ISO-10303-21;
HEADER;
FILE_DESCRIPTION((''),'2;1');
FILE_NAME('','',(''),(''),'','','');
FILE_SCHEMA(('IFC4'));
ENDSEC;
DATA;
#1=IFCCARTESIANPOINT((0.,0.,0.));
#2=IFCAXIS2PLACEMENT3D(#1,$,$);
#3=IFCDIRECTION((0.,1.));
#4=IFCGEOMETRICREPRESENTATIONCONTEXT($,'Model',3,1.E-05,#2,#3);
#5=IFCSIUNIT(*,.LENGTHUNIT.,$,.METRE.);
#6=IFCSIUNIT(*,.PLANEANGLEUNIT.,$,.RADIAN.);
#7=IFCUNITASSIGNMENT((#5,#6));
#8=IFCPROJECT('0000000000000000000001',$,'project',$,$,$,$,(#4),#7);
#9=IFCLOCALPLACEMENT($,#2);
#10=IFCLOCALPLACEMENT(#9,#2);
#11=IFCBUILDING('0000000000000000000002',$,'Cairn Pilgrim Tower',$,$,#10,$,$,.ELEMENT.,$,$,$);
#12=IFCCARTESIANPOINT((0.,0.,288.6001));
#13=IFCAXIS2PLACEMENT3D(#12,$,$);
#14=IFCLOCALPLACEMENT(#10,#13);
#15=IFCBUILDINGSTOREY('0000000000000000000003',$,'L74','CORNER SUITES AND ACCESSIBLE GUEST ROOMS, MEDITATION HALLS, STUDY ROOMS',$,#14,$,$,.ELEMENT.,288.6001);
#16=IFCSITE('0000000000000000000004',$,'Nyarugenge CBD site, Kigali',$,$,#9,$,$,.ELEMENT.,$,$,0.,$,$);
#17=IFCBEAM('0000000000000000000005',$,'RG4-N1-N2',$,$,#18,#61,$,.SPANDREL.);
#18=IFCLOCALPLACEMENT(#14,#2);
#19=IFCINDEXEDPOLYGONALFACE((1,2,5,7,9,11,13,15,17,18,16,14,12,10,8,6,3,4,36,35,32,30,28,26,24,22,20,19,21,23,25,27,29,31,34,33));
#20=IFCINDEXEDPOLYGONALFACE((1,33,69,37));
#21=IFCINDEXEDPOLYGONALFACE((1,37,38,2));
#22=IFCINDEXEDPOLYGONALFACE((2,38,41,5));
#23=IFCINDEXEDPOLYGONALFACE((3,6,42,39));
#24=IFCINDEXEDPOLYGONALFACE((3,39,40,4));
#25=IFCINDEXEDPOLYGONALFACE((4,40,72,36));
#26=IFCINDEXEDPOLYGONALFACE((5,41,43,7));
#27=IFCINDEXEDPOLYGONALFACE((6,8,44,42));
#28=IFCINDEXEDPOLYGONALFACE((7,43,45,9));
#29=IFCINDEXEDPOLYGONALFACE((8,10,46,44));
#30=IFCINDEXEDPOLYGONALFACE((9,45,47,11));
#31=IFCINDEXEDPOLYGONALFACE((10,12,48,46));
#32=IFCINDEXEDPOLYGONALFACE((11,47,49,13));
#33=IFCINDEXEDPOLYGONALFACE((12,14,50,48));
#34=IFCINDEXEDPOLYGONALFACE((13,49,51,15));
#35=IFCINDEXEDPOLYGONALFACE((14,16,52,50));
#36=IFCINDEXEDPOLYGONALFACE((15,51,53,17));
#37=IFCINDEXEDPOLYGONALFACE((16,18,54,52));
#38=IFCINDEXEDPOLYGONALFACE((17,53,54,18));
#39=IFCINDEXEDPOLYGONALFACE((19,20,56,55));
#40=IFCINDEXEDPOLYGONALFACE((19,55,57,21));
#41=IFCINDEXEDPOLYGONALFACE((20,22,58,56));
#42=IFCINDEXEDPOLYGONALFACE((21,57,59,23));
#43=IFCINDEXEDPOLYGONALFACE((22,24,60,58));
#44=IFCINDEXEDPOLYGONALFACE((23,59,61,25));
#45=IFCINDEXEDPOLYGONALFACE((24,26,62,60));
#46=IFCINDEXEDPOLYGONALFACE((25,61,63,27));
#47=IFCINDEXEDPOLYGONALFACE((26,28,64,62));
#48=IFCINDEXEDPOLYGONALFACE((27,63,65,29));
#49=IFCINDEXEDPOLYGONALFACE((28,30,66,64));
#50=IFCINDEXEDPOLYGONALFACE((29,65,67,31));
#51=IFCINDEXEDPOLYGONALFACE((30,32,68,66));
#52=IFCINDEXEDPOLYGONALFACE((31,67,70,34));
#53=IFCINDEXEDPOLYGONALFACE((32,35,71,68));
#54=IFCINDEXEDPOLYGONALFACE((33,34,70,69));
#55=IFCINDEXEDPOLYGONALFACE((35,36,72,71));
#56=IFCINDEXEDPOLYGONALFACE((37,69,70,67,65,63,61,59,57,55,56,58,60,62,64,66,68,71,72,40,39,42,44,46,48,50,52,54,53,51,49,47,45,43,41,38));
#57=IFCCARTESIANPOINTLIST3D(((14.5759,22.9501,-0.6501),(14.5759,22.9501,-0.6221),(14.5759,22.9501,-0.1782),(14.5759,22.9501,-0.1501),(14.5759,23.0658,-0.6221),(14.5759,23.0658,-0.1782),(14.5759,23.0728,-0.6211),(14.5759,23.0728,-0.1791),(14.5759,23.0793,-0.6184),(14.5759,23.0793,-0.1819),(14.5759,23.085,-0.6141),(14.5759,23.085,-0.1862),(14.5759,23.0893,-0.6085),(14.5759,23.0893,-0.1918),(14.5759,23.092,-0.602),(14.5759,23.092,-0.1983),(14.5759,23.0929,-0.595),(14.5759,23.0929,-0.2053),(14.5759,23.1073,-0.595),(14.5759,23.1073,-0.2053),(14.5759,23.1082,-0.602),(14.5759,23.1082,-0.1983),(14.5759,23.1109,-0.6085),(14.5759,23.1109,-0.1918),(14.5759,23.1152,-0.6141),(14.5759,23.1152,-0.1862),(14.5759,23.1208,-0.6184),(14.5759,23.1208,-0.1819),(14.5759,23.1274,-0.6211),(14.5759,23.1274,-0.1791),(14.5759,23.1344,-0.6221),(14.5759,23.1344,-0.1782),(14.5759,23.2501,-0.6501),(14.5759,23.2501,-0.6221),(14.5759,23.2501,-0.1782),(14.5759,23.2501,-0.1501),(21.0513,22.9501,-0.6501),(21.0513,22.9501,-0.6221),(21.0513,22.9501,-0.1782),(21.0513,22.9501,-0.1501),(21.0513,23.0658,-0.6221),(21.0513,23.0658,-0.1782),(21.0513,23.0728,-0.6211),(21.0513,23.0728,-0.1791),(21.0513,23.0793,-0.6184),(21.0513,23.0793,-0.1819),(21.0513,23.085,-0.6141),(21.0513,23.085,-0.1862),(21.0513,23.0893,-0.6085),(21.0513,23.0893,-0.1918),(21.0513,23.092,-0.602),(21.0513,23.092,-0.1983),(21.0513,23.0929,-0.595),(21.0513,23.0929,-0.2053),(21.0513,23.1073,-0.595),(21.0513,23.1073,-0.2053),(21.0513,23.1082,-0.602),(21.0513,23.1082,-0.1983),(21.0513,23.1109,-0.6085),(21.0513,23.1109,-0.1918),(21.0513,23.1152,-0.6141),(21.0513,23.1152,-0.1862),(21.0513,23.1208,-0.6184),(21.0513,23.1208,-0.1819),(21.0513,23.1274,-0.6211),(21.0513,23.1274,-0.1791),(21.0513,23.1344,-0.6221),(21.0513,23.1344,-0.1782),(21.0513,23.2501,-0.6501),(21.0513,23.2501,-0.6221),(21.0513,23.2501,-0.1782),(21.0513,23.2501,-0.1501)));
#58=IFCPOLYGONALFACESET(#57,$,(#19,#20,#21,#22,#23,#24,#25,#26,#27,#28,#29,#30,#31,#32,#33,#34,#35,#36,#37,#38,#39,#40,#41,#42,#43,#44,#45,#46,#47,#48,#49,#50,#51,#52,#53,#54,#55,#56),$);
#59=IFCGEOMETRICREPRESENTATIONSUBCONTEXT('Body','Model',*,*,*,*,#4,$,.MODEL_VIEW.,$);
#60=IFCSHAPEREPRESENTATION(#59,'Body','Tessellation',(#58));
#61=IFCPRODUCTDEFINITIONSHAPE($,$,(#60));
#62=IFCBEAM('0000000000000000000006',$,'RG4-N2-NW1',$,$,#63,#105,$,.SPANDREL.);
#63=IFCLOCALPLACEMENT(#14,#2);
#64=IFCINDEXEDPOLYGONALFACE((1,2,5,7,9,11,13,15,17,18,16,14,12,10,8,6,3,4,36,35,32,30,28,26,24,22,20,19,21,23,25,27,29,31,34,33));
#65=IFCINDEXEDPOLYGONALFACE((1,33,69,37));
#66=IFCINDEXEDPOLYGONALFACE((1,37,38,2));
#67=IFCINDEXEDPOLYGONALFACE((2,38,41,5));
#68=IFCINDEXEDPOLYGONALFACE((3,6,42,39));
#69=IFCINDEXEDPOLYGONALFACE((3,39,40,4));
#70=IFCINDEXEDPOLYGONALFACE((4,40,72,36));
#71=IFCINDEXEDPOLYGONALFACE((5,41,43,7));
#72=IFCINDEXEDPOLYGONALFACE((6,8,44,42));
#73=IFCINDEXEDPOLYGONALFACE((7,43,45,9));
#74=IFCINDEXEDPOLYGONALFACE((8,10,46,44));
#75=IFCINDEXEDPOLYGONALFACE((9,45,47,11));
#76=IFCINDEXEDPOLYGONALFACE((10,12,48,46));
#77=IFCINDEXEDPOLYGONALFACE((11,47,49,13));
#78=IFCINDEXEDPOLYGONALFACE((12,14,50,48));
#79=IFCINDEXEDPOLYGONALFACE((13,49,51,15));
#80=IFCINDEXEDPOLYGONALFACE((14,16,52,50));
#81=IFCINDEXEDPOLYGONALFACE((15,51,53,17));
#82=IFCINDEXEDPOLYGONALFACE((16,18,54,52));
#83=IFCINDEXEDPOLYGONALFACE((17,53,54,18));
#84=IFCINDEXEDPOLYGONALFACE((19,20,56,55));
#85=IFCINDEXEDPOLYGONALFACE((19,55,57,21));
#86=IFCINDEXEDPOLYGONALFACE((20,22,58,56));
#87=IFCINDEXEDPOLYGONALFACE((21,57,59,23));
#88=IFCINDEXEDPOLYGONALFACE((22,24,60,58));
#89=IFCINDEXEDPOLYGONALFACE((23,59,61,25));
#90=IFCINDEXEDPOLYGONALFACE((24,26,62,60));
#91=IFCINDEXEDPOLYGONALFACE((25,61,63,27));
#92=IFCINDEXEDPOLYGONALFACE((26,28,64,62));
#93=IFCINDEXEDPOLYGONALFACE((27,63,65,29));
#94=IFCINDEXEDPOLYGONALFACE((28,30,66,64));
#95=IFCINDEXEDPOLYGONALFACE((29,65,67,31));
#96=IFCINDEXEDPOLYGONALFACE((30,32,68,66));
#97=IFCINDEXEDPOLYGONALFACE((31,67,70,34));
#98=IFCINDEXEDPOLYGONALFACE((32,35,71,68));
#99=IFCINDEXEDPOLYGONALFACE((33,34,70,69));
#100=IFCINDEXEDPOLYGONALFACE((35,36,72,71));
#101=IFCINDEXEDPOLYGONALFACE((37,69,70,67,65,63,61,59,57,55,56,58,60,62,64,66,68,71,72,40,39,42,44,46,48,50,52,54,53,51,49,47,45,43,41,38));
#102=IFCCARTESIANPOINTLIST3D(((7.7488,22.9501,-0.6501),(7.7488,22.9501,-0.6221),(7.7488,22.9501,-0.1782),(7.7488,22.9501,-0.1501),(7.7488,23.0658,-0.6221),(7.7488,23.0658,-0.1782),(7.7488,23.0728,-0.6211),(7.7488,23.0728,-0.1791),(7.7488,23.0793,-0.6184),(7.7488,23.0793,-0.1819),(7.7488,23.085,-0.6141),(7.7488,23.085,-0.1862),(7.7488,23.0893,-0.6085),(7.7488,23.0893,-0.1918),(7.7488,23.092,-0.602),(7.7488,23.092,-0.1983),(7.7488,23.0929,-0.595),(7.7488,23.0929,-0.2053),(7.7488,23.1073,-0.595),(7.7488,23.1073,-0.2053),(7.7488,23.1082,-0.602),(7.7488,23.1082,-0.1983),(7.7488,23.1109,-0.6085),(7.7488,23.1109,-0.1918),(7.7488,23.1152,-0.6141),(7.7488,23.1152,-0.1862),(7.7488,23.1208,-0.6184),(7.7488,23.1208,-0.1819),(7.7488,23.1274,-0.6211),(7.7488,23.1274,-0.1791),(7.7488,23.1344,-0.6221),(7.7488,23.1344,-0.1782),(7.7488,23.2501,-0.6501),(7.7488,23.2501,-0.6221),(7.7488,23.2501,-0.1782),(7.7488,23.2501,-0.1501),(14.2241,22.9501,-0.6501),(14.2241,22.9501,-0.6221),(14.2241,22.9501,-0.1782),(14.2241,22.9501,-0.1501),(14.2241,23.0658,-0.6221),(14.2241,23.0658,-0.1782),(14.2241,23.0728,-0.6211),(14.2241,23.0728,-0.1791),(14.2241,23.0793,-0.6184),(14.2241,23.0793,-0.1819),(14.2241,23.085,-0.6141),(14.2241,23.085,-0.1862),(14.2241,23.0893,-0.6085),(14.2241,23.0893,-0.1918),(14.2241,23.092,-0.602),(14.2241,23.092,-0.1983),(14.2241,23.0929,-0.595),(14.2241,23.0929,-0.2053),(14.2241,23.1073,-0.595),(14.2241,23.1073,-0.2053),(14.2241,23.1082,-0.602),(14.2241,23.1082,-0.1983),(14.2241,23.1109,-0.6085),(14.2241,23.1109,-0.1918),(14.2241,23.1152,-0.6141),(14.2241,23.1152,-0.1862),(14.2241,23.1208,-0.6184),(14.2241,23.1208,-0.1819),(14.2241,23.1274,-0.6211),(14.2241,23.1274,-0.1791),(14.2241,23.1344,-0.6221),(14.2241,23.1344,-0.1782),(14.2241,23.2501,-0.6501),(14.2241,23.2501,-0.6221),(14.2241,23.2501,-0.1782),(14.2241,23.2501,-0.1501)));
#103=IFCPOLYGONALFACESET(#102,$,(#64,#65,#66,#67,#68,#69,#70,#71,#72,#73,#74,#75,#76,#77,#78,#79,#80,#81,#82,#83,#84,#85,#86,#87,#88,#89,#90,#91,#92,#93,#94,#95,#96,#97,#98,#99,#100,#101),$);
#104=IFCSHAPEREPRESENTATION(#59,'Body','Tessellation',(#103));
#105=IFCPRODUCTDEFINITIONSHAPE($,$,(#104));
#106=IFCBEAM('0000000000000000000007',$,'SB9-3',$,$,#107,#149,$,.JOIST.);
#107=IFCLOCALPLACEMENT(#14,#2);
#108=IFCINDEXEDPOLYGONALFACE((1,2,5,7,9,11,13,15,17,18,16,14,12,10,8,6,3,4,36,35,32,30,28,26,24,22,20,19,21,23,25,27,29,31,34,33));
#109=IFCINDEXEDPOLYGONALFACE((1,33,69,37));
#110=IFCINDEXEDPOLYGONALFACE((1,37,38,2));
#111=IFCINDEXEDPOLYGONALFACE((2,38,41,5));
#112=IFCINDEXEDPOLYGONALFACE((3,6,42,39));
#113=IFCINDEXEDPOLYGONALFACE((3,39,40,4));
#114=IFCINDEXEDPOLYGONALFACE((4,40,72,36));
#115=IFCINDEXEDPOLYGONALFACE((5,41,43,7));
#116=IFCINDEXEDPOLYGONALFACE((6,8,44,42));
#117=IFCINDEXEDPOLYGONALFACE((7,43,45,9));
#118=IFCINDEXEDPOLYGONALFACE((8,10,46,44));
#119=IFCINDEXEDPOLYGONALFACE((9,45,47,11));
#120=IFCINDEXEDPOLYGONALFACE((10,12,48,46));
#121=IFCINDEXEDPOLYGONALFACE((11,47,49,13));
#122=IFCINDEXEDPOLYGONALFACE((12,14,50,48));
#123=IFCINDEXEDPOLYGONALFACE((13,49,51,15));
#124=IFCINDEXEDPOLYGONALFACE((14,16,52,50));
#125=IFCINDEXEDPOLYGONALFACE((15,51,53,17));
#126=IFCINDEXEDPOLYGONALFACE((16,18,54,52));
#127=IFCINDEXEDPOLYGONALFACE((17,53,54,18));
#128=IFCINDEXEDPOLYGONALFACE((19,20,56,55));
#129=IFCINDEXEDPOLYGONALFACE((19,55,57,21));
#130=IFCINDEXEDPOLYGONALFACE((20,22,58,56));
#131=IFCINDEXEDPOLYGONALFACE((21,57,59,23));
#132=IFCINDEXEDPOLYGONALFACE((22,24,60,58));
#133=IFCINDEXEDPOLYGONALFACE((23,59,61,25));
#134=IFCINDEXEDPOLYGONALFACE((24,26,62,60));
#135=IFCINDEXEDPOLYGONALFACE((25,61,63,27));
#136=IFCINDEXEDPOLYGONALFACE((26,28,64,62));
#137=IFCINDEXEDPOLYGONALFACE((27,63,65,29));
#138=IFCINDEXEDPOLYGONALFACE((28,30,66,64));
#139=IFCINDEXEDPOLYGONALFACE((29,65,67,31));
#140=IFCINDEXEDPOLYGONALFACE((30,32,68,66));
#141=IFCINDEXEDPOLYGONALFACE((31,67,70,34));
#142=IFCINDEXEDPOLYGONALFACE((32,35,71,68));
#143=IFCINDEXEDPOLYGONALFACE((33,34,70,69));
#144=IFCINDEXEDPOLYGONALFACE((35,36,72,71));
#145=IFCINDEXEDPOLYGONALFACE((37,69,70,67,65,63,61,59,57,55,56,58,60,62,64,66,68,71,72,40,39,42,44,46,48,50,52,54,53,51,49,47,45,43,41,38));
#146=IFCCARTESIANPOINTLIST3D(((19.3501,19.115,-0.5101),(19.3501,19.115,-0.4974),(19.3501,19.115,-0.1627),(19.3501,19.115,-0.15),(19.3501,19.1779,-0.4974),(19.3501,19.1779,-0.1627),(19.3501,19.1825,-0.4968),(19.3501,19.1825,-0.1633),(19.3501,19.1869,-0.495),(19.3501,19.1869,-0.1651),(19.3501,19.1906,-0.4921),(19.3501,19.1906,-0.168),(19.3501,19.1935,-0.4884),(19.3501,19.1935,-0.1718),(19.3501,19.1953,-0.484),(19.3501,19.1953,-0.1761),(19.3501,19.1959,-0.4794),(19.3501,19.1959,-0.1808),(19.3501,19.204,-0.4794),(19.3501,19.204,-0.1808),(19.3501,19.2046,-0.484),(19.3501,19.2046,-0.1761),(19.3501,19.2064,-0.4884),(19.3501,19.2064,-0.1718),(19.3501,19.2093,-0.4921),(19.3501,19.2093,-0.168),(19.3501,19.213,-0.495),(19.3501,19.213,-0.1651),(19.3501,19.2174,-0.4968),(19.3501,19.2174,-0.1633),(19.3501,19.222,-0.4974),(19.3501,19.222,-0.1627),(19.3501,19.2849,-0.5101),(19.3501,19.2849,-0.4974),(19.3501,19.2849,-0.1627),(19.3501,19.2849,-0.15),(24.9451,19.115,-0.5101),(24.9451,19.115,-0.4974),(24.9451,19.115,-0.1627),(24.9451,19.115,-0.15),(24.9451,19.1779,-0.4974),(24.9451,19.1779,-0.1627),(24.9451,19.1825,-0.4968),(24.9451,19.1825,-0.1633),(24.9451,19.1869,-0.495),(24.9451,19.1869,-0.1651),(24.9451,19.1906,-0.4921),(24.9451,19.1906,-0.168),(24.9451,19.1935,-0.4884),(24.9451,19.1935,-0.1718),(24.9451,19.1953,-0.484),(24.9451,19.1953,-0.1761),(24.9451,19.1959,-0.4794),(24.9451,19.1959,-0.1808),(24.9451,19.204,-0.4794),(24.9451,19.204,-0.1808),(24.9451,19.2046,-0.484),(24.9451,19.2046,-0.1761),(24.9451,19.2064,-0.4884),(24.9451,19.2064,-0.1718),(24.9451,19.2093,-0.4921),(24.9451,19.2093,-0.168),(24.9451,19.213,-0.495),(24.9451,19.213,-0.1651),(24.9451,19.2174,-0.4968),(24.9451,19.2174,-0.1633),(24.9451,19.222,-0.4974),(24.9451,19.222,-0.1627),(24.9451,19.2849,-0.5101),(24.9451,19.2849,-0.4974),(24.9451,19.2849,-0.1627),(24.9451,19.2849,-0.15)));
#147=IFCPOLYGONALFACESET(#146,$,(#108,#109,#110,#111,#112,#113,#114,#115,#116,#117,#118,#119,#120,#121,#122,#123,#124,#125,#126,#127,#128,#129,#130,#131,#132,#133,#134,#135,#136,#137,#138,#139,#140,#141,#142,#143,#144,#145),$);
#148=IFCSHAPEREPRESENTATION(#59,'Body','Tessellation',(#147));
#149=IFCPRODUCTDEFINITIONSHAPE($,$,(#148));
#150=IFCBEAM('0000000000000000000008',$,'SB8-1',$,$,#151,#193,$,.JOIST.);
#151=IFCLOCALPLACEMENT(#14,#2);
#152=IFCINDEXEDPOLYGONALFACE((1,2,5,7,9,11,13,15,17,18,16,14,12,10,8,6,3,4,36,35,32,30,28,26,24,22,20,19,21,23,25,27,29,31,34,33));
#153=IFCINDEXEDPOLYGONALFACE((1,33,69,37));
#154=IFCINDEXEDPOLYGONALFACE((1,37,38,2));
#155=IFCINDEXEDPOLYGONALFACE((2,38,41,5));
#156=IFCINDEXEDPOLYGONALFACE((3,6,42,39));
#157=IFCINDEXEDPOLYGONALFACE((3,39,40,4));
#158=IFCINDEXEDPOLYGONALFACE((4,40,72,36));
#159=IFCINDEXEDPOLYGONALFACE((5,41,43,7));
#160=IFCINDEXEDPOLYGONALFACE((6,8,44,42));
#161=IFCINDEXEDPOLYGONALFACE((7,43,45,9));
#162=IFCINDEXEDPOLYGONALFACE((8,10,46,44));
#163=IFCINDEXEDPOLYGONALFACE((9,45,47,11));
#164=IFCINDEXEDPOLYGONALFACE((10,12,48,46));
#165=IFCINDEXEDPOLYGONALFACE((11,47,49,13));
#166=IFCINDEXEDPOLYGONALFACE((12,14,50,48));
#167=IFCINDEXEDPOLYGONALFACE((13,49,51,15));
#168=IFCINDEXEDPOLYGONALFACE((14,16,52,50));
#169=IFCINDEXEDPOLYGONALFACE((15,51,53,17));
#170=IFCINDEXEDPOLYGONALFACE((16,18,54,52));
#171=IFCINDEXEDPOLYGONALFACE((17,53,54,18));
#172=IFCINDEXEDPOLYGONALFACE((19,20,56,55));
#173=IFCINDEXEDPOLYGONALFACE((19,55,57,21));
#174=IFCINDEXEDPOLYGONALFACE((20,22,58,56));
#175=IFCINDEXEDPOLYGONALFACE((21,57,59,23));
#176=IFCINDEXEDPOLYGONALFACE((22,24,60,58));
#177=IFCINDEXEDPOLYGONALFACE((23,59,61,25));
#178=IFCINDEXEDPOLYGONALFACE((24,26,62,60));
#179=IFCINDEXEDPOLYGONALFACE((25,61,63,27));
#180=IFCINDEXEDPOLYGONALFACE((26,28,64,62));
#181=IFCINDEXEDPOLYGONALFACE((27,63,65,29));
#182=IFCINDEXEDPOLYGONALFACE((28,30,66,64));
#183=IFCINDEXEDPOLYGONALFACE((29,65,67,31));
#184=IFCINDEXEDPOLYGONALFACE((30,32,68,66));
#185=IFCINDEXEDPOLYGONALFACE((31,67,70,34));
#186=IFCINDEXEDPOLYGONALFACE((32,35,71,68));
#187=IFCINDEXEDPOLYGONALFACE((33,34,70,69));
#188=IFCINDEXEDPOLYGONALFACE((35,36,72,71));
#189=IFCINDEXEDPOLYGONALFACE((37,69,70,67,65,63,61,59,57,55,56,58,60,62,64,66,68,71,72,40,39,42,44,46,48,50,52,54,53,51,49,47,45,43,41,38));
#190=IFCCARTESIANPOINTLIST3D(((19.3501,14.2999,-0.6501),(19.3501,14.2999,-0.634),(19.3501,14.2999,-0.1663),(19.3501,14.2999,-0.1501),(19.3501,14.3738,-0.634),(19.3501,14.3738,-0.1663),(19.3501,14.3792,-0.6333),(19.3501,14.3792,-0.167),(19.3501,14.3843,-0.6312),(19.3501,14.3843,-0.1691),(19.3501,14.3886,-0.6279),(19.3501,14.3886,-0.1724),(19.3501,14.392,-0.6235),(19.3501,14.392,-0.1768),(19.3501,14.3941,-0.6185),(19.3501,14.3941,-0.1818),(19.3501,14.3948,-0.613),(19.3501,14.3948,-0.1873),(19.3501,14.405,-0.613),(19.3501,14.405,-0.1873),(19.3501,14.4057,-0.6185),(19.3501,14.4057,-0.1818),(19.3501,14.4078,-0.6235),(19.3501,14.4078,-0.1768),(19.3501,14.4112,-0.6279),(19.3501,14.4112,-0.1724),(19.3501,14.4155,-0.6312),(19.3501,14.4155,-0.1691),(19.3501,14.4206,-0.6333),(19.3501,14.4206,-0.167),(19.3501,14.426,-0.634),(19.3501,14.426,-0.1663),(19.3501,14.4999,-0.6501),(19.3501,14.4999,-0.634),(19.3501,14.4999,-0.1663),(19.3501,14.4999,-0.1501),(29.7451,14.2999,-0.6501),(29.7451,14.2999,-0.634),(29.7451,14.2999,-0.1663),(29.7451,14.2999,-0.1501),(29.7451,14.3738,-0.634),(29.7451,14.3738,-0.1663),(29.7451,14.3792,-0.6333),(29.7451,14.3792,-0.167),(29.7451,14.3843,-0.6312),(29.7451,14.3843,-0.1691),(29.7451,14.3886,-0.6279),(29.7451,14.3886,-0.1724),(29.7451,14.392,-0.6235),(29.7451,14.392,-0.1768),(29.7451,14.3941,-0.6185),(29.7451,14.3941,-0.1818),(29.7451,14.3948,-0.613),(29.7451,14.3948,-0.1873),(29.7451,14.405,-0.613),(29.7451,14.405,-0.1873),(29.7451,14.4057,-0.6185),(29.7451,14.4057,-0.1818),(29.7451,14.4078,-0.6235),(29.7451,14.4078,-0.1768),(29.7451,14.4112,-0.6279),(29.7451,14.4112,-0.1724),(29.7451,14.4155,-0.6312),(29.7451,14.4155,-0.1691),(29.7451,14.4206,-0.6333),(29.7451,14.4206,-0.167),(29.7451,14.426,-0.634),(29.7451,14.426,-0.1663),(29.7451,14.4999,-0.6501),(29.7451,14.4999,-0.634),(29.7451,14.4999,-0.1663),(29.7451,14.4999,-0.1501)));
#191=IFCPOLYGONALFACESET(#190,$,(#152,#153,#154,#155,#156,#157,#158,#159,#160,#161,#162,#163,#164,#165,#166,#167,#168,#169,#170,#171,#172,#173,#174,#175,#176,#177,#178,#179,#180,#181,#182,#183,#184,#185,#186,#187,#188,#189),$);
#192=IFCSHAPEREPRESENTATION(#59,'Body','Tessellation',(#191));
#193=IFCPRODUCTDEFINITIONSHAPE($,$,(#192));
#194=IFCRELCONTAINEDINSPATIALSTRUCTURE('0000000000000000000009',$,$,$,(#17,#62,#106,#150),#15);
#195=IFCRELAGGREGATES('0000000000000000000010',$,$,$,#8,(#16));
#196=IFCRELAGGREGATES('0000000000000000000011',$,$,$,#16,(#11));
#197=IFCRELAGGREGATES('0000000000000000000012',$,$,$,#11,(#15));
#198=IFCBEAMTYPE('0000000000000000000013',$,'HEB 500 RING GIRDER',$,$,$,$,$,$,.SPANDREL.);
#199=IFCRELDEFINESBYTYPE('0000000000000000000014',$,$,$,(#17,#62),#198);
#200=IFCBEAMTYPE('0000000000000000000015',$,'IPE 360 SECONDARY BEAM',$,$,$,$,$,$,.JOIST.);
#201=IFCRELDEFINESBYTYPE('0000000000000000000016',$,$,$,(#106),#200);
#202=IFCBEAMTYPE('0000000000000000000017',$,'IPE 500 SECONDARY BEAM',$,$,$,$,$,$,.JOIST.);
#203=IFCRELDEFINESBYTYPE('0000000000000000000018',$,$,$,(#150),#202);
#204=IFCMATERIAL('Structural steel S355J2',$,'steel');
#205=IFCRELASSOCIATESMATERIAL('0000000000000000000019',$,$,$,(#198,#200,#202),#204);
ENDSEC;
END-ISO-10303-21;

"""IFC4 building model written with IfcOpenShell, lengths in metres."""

from ifc_helpers import new_model, si_unit, direction, frame, origin, origin_2d, place, context, subcontext, project, spatial, i_section, extrude, material, material_profile, profile_set, type_object, element, save


model = new_model("IFC4")

# Units and contexts
model_context = context("Model", 3, precision=1e-05, world=origin(), true_north=direction((0.0, 1.0)))
body_context = subcontext(model_context, "Body", "Model", "MODEL_VIEW")
ifc_project = project(units=[si_unit("LENGTHUNIT", "METRE"), si_unit("PLANEANGLEUNIT", "RADIAN")], contexts=[model_context])

# Site, building, storey
site_placement = place(None, origin())
site = spatial("IfcSite", under=ifc_project, at=site_placement, Name="Nyarugenge CBD site, Kigali", CompositionType="ELEMENT", RefElevation=0.0)
building_placement = place(site_placement, origin())
building = spatial("IfcBuilding", under=site, at=building_placement, Name="Cairn Pilgrim Tower", CompositionType="ELEMENT")
storey_placement = place(building_placement, frame((0.0, 0.0, 288.6001)))
storey = spatial("IfcBuildingStorey", under=building, at=storey_placement, Name="L74", Description="CORNER SUITES AND ACCESSIBLE GUEST ROOMS, MEDITATION HALLS, STUDY ROOMS", CompositionType="ELEMENT", Elevation=288.6001)

# Shared definitions
ifc_material_1 = material(Name="Structural steel S355J2", Category="steel")

# Beams
ifc_material_profile_1 = material_profile(ifc_material_1, i_section(OverallWidth=0.3, OverallDepth=0.5, WebThickness=0.0144, FlangeThickness=0.0281, FilletRadius=0.0271, at=origin_2d()), Name="HEB 500")
ifc_profile_set_1 = profile_set([ifc_material_profile_1], Name="Structural steel S355J2")
beam_type_1 = type_object("IfcBeamType", Name="HEB 500 RING GIRDER", PredefinedType="SPANDREL", material=ifc_profile_set_1)
for number, where, z_axis, x_axis, name in (
    (1, (21.0513, 23.1001, -0.4001), (-1.0, 0.0, 0.0), (0.0, -1.0, 0.0), "RG4-N1-N2"),
    (2, (14.2241, 23.1001, -0.4001), (-1.0, 0.0, 0.0), (0.0, -1.0, 0.0), "RG4-N2-NW1"),
):
    element("IfcBeam", number, at=place(storey_placement, frame(where, z_axis=z_axis, x_axis=x_axis)), inside=storey, type_object=beam_type_1, Name=name, PredefinedType="SPANDREL", context=body_context, shape_type="SweptSolid", body=[
        extrude(i_section(OverallWidth=0.3, OverallDepth=0.5, WebThickness=0.0144, FlangeThickness=0.0281, FilletRadius=0.0271, at=origin_2d()), origin(), (0.0, 0.0, 1.0), 6.4753),
    ])
ifc_material_profile_2 = material_profile(ifc_material_1, i_section(OverallWidth=0.1699, OverallDepth=0.3601, WebThickness=0.0081, FlangeThickness=0.0127, FilletRadius=0.0181, at=origin_2d()), Name="IPE 360")
ifc_profile_set_2 = profile_set([ifc_material_profile_2], Name="Structural steel S355J2")
beam_type_2 = type_object("IfcBeamType", Name="IPE 360 SECONDARY BEAM", PredefinedType="JOIST", material=ifc_profile_set_2)
beam_1_placement = place(storey_placement, frame((19.3501, 19.2, -0.3301), z_axis=(1.0, 0.0, 0.0), x_axis=(0.0, 1.0, 0.0)))
element("IfcBeam", 3, at=beam_1_placement, inside=storey, type_object=beam_type_2, Name="SB9-3", PredefinedType="JOIST", context=body_context, shape_type="SweptSolid", body=[
    extrude(i_section(OverallWidth=0.1699, OverallDepth=0.3601, WebThickness=0.0081, FlangeThickness=0.0127, FilletRadius=0.0181, at=origin_2d()), origin(), (0.0, 0.0, 1.0), 5.595),
])
ifc_material_profile_3 = material_profile(ifc_material_1, i_section(OverallWidth=0.2, OverallDepth=0.5, WebThickness=0.0103, FlangeThickness=0.0161, FilletRadius=0.021, at=origin_2d()), Name="IPE 500")
ifc_profile_set_3 = profile_set([ifc_material_profile_3], Name="Structural steel S355J2")
beam_type_3 = type_object("IfcBeamType", Name="IPE 500 SECONDARY BEAM", PredefinedType="JOIST", material=ifc_profile_set_3)
beam_2_placement = place(storey_placement, frame((19.3501, 14.3999, -0.4001), z_axis=(1.0, 0.0, 0.0), x_axis=(0.0, 1.0, 0.0)))
element("IfcBeam", 4, at=beam_2_placement, inside=storey, type_object=beam_type_3, Name="SB8-1", PredefinedType="JOIST", context=body_context, shape_type="SweptSolid", body=[
    extrude(i_section(OverallWidth=0.2, OverallDepth=0.5, WebThickness=0.0103, FlangeThickness=0.0161, FilletRadius=0.021, at=origin_2d()), origin(), (0.0, 0.0, 1.0), 10.395),
])

save(model, "model.ifc")
